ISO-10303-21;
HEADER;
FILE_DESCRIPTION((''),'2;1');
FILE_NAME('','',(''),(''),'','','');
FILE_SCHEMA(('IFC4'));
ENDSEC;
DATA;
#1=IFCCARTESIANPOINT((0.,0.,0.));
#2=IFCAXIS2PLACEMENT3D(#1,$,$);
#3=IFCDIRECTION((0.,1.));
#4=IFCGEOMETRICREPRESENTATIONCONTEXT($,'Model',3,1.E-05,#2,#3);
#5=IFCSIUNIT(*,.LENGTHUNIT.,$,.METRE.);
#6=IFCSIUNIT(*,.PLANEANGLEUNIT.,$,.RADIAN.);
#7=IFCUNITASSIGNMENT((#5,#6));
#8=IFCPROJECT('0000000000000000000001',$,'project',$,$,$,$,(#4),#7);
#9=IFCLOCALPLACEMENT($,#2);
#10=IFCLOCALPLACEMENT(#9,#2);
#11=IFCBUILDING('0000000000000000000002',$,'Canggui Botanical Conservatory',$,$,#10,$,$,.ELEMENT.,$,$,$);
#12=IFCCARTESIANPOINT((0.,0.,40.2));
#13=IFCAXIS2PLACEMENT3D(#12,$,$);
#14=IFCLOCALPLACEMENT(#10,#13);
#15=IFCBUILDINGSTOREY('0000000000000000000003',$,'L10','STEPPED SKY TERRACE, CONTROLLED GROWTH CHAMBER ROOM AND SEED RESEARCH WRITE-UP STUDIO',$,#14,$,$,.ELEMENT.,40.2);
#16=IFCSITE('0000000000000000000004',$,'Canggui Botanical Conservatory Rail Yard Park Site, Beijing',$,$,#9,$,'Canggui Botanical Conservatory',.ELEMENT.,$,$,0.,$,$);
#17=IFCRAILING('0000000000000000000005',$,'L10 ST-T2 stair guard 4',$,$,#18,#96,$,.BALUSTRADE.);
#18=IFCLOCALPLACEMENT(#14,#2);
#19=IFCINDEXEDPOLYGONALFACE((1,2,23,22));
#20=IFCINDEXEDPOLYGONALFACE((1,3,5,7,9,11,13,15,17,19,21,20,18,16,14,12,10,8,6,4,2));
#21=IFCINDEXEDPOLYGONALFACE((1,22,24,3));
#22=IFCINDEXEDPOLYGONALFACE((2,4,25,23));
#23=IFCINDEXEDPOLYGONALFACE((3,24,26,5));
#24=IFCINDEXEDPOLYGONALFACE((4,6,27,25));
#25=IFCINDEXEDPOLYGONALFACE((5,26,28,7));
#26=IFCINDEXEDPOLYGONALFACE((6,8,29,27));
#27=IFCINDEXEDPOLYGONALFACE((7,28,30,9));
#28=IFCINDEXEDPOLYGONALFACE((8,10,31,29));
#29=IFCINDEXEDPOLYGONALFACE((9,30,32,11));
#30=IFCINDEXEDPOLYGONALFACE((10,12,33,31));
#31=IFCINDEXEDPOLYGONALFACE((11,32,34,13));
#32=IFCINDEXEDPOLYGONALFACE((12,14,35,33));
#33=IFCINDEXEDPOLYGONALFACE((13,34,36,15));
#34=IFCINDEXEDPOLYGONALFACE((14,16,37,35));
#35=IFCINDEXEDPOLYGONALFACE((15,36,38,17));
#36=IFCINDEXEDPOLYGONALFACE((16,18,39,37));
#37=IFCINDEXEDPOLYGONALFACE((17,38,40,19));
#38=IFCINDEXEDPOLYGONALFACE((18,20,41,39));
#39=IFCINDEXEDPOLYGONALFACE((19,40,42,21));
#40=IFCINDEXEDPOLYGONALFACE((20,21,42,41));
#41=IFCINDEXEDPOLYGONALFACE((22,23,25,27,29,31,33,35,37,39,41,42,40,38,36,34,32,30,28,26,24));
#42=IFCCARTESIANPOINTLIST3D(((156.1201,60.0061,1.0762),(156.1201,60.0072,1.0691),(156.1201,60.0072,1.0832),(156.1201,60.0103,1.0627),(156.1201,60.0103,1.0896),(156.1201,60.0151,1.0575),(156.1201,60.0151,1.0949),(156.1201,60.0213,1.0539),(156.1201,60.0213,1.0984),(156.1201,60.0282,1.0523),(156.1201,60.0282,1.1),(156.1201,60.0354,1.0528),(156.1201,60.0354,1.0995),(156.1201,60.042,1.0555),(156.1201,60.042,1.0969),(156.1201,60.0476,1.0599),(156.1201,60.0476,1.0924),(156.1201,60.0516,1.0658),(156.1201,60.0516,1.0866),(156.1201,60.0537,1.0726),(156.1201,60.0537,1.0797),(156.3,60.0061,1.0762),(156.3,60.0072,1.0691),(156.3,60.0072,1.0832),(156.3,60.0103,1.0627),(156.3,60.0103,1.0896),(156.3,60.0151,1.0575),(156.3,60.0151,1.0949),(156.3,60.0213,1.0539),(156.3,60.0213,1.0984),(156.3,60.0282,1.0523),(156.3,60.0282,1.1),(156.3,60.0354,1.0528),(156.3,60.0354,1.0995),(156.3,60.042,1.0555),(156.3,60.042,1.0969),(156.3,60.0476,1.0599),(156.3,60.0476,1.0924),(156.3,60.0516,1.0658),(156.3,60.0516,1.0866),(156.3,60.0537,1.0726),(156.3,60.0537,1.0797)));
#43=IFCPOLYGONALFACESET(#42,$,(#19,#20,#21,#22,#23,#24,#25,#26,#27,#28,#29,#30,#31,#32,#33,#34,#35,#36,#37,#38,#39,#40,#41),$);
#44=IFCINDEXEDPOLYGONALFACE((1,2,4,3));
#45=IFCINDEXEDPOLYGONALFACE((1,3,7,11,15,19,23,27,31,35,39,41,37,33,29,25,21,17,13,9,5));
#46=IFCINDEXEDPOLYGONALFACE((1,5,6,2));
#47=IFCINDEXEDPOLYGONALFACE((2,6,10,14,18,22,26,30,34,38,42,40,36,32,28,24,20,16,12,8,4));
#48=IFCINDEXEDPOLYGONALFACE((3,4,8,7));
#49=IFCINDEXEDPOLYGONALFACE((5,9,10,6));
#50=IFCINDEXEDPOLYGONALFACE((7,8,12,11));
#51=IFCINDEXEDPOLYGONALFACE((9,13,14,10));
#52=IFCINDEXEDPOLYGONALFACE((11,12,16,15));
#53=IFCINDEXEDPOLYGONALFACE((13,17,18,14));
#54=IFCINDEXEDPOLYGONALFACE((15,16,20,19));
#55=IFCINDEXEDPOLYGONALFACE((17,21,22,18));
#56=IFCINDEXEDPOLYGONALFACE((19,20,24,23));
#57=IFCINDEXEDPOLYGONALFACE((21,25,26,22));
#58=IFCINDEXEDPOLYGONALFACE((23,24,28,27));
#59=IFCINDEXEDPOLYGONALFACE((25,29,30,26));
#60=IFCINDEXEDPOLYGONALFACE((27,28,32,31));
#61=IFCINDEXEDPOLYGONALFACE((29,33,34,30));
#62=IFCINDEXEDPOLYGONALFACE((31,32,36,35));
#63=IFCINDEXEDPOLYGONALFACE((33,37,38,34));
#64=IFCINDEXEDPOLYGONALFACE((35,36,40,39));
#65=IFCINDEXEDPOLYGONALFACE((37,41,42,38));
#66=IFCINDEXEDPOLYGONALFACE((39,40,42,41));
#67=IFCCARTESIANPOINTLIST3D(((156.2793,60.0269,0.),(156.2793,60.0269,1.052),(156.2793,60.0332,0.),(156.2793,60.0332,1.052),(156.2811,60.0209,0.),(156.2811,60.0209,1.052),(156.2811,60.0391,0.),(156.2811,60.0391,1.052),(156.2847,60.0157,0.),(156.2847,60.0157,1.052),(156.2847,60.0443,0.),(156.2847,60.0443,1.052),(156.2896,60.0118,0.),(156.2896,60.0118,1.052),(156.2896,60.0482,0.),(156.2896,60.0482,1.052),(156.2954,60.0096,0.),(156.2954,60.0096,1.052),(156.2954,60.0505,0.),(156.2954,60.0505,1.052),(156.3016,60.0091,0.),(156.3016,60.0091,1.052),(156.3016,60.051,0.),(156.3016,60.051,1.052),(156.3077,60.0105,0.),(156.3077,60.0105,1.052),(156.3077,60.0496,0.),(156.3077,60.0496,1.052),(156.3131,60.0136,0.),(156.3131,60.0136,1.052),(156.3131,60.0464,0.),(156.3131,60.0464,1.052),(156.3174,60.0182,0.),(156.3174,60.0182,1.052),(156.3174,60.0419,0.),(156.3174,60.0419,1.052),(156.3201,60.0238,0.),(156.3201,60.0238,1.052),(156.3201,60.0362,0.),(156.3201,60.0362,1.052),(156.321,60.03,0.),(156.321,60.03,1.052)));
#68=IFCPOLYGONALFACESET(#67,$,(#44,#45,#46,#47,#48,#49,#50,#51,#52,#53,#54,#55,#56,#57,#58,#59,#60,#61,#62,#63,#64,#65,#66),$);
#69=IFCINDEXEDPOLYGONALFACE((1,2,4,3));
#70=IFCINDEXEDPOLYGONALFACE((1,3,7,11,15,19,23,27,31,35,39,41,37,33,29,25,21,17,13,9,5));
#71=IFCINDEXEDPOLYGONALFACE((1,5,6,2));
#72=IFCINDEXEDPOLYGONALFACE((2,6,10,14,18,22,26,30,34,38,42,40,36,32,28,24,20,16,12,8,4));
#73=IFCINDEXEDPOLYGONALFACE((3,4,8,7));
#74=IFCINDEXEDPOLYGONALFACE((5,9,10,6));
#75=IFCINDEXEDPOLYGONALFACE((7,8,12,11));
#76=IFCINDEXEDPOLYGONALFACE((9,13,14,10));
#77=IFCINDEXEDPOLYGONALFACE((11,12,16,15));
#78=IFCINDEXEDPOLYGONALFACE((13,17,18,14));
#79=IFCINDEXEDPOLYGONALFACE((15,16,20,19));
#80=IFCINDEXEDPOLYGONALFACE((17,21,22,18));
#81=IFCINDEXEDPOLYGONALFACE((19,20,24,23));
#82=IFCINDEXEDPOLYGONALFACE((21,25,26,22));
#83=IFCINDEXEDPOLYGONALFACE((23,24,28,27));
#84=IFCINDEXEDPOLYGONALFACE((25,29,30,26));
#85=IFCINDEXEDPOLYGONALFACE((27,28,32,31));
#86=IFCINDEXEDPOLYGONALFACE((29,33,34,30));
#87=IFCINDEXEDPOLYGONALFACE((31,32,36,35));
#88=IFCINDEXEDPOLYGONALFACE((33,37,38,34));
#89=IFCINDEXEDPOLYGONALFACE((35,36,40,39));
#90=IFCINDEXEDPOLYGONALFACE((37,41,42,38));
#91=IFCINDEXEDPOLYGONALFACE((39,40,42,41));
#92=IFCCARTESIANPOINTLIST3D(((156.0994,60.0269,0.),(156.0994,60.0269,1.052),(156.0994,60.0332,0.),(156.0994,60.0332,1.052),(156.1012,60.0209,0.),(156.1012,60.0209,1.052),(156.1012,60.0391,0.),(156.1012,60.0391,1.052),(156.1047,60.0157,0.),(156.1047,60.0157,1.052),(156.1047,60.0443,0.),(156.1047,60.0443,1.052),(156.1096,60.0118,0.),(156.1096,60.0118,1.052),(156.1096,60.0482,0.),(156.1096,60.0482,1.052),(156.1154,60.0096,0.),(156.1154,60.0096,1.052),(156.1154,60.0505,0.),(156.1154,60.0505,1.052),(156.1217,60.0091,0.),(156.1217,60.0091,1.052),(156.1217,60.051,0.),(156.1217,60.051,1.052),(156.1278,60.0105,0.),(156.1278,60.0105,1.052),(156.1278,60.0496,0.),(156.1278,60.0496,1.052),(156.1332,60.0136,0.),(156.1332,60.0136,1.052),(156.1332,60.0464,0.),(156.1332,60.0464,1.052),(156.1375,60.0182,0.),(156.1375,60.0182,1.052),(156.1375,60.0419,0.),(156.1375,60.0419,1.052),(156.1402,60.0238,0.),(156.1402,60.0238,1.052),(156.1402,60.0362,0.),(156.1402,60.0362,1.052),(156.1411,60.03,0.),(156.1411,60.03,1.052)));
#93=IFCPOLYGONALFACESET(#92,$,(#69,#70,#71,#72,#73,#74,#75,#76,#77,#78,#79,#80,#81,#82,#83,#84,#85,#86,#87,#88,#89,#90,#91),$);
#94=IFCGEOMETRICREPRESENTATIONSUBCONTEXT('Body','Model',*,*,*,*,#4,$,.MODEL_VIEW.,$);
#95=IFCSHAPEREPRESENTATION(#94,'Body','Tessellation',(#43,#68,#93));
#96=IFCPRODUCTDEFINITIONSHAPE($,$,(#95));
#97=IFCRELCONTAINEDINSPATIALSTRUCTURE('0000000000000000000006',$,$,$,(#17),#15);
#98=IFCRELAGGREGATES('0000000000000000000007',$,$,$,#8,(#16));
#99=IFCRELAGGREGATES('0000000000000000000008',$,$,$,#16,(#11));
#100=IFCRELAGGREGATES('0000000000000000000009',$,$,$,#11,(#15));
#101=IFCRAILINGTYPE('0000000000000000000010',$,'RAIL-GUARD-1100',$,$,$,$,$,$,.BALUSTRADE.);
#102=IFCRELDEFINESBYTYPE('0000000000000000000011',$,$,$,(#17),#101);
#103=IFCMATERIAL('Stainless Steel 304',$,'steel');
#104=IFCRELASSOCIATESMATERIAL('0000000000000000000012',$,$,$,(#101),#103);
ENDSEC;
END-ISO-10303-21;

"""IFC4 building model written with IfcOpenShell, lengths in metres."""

from ifc_helpers import new_model, si_unit, direction, frame, origin, origin_2d, place, context, subcontext, project, spatial, circle, extrude, material, type_object, element, save


model = new_model("IFC4")

# Units and contexts
model_context = context("Model", 3, precision=1e-05, world=origin(), true_north=direction((0.0, 1.0)))
body_context = subcontext(model_context, "Body", "Model", "MODEL_VIEW")
ifc_project = project(units=[si_unit("LENGTHUNIT", "METRE"), si_unit("PLANEANGLEUNIT", "RADIAN")], contexts=[model_context])

# Site, building, storey
site_placement = place(None, origin())
site = spatial("IfcSite", under=ifc_project, at=site_placement, Name="Canggui Botanical Conservatory Rail Yard Park Site, Beijing", LongName="Canggui Botanical Conservatory", CompositionType="ELEMENT", RefElevation=0.0)
building_placement = place(site_placement, origin())
building = spatial("IfcBuilding", under=site, at=building_placement, Name="Canggui Botanical Conservatory", CompositionType="ELEMENT")
storey_placement = place(building_placement, frame((0.0, 0.0, 40.2)))
storey = spatial("IfcBuildingStorey", under=building, at=storey_placement, Name="L10", Description="STEPPED SKY TERRACE, CONTROLLED GROWTH CHAMBER ROOM AND SEED RESEARCH WRITE-UP STUDIO", CompositionType="ELEMENT", Elevation=40.2)

# Shared definitions
ifc_material_1 = material(Name="Stainless Steel 304", Category="steel")

# Railing
railing_type = type_object("IfcRailingType", Name="RAIL-GUARD-1100", PredefinedType="BALUSTRADE", material=ifc_material_1)
railing_1_placement = place(storey_placement, frame((156.3, 60.03, 0.0)))
element("IfcRailing", 1, at=railing_1_placement, inside=storey, type_object=railing_type, Name="L10 ST-T2 stair guard 4", PredefinedType="BALUSTRADE", context=body_context, shape_type="SweptSolid", body=[
    extrude(circle(Radius=0.0239, at=origin_2d()), frame((0.0, 0.0, 1.0762), z_axis=(-1.0, 0.0, 0.0), x_axis=(0.0, -1.0, 0.0)), (0.0, 0.0, 1.0), 0.1799),
    extrude(circle(Radius=0.021, at=origin_2d()), origin(), (0.0, 0.0, 1.0), 1.052),
    extrude(circle(Radius=0.021, at=origin_2d()), frame((-0.1799, 0.0, 0.0)), (0.0, 0.0, 1.0), 1.052),
])

save(model, "model.ifc")
